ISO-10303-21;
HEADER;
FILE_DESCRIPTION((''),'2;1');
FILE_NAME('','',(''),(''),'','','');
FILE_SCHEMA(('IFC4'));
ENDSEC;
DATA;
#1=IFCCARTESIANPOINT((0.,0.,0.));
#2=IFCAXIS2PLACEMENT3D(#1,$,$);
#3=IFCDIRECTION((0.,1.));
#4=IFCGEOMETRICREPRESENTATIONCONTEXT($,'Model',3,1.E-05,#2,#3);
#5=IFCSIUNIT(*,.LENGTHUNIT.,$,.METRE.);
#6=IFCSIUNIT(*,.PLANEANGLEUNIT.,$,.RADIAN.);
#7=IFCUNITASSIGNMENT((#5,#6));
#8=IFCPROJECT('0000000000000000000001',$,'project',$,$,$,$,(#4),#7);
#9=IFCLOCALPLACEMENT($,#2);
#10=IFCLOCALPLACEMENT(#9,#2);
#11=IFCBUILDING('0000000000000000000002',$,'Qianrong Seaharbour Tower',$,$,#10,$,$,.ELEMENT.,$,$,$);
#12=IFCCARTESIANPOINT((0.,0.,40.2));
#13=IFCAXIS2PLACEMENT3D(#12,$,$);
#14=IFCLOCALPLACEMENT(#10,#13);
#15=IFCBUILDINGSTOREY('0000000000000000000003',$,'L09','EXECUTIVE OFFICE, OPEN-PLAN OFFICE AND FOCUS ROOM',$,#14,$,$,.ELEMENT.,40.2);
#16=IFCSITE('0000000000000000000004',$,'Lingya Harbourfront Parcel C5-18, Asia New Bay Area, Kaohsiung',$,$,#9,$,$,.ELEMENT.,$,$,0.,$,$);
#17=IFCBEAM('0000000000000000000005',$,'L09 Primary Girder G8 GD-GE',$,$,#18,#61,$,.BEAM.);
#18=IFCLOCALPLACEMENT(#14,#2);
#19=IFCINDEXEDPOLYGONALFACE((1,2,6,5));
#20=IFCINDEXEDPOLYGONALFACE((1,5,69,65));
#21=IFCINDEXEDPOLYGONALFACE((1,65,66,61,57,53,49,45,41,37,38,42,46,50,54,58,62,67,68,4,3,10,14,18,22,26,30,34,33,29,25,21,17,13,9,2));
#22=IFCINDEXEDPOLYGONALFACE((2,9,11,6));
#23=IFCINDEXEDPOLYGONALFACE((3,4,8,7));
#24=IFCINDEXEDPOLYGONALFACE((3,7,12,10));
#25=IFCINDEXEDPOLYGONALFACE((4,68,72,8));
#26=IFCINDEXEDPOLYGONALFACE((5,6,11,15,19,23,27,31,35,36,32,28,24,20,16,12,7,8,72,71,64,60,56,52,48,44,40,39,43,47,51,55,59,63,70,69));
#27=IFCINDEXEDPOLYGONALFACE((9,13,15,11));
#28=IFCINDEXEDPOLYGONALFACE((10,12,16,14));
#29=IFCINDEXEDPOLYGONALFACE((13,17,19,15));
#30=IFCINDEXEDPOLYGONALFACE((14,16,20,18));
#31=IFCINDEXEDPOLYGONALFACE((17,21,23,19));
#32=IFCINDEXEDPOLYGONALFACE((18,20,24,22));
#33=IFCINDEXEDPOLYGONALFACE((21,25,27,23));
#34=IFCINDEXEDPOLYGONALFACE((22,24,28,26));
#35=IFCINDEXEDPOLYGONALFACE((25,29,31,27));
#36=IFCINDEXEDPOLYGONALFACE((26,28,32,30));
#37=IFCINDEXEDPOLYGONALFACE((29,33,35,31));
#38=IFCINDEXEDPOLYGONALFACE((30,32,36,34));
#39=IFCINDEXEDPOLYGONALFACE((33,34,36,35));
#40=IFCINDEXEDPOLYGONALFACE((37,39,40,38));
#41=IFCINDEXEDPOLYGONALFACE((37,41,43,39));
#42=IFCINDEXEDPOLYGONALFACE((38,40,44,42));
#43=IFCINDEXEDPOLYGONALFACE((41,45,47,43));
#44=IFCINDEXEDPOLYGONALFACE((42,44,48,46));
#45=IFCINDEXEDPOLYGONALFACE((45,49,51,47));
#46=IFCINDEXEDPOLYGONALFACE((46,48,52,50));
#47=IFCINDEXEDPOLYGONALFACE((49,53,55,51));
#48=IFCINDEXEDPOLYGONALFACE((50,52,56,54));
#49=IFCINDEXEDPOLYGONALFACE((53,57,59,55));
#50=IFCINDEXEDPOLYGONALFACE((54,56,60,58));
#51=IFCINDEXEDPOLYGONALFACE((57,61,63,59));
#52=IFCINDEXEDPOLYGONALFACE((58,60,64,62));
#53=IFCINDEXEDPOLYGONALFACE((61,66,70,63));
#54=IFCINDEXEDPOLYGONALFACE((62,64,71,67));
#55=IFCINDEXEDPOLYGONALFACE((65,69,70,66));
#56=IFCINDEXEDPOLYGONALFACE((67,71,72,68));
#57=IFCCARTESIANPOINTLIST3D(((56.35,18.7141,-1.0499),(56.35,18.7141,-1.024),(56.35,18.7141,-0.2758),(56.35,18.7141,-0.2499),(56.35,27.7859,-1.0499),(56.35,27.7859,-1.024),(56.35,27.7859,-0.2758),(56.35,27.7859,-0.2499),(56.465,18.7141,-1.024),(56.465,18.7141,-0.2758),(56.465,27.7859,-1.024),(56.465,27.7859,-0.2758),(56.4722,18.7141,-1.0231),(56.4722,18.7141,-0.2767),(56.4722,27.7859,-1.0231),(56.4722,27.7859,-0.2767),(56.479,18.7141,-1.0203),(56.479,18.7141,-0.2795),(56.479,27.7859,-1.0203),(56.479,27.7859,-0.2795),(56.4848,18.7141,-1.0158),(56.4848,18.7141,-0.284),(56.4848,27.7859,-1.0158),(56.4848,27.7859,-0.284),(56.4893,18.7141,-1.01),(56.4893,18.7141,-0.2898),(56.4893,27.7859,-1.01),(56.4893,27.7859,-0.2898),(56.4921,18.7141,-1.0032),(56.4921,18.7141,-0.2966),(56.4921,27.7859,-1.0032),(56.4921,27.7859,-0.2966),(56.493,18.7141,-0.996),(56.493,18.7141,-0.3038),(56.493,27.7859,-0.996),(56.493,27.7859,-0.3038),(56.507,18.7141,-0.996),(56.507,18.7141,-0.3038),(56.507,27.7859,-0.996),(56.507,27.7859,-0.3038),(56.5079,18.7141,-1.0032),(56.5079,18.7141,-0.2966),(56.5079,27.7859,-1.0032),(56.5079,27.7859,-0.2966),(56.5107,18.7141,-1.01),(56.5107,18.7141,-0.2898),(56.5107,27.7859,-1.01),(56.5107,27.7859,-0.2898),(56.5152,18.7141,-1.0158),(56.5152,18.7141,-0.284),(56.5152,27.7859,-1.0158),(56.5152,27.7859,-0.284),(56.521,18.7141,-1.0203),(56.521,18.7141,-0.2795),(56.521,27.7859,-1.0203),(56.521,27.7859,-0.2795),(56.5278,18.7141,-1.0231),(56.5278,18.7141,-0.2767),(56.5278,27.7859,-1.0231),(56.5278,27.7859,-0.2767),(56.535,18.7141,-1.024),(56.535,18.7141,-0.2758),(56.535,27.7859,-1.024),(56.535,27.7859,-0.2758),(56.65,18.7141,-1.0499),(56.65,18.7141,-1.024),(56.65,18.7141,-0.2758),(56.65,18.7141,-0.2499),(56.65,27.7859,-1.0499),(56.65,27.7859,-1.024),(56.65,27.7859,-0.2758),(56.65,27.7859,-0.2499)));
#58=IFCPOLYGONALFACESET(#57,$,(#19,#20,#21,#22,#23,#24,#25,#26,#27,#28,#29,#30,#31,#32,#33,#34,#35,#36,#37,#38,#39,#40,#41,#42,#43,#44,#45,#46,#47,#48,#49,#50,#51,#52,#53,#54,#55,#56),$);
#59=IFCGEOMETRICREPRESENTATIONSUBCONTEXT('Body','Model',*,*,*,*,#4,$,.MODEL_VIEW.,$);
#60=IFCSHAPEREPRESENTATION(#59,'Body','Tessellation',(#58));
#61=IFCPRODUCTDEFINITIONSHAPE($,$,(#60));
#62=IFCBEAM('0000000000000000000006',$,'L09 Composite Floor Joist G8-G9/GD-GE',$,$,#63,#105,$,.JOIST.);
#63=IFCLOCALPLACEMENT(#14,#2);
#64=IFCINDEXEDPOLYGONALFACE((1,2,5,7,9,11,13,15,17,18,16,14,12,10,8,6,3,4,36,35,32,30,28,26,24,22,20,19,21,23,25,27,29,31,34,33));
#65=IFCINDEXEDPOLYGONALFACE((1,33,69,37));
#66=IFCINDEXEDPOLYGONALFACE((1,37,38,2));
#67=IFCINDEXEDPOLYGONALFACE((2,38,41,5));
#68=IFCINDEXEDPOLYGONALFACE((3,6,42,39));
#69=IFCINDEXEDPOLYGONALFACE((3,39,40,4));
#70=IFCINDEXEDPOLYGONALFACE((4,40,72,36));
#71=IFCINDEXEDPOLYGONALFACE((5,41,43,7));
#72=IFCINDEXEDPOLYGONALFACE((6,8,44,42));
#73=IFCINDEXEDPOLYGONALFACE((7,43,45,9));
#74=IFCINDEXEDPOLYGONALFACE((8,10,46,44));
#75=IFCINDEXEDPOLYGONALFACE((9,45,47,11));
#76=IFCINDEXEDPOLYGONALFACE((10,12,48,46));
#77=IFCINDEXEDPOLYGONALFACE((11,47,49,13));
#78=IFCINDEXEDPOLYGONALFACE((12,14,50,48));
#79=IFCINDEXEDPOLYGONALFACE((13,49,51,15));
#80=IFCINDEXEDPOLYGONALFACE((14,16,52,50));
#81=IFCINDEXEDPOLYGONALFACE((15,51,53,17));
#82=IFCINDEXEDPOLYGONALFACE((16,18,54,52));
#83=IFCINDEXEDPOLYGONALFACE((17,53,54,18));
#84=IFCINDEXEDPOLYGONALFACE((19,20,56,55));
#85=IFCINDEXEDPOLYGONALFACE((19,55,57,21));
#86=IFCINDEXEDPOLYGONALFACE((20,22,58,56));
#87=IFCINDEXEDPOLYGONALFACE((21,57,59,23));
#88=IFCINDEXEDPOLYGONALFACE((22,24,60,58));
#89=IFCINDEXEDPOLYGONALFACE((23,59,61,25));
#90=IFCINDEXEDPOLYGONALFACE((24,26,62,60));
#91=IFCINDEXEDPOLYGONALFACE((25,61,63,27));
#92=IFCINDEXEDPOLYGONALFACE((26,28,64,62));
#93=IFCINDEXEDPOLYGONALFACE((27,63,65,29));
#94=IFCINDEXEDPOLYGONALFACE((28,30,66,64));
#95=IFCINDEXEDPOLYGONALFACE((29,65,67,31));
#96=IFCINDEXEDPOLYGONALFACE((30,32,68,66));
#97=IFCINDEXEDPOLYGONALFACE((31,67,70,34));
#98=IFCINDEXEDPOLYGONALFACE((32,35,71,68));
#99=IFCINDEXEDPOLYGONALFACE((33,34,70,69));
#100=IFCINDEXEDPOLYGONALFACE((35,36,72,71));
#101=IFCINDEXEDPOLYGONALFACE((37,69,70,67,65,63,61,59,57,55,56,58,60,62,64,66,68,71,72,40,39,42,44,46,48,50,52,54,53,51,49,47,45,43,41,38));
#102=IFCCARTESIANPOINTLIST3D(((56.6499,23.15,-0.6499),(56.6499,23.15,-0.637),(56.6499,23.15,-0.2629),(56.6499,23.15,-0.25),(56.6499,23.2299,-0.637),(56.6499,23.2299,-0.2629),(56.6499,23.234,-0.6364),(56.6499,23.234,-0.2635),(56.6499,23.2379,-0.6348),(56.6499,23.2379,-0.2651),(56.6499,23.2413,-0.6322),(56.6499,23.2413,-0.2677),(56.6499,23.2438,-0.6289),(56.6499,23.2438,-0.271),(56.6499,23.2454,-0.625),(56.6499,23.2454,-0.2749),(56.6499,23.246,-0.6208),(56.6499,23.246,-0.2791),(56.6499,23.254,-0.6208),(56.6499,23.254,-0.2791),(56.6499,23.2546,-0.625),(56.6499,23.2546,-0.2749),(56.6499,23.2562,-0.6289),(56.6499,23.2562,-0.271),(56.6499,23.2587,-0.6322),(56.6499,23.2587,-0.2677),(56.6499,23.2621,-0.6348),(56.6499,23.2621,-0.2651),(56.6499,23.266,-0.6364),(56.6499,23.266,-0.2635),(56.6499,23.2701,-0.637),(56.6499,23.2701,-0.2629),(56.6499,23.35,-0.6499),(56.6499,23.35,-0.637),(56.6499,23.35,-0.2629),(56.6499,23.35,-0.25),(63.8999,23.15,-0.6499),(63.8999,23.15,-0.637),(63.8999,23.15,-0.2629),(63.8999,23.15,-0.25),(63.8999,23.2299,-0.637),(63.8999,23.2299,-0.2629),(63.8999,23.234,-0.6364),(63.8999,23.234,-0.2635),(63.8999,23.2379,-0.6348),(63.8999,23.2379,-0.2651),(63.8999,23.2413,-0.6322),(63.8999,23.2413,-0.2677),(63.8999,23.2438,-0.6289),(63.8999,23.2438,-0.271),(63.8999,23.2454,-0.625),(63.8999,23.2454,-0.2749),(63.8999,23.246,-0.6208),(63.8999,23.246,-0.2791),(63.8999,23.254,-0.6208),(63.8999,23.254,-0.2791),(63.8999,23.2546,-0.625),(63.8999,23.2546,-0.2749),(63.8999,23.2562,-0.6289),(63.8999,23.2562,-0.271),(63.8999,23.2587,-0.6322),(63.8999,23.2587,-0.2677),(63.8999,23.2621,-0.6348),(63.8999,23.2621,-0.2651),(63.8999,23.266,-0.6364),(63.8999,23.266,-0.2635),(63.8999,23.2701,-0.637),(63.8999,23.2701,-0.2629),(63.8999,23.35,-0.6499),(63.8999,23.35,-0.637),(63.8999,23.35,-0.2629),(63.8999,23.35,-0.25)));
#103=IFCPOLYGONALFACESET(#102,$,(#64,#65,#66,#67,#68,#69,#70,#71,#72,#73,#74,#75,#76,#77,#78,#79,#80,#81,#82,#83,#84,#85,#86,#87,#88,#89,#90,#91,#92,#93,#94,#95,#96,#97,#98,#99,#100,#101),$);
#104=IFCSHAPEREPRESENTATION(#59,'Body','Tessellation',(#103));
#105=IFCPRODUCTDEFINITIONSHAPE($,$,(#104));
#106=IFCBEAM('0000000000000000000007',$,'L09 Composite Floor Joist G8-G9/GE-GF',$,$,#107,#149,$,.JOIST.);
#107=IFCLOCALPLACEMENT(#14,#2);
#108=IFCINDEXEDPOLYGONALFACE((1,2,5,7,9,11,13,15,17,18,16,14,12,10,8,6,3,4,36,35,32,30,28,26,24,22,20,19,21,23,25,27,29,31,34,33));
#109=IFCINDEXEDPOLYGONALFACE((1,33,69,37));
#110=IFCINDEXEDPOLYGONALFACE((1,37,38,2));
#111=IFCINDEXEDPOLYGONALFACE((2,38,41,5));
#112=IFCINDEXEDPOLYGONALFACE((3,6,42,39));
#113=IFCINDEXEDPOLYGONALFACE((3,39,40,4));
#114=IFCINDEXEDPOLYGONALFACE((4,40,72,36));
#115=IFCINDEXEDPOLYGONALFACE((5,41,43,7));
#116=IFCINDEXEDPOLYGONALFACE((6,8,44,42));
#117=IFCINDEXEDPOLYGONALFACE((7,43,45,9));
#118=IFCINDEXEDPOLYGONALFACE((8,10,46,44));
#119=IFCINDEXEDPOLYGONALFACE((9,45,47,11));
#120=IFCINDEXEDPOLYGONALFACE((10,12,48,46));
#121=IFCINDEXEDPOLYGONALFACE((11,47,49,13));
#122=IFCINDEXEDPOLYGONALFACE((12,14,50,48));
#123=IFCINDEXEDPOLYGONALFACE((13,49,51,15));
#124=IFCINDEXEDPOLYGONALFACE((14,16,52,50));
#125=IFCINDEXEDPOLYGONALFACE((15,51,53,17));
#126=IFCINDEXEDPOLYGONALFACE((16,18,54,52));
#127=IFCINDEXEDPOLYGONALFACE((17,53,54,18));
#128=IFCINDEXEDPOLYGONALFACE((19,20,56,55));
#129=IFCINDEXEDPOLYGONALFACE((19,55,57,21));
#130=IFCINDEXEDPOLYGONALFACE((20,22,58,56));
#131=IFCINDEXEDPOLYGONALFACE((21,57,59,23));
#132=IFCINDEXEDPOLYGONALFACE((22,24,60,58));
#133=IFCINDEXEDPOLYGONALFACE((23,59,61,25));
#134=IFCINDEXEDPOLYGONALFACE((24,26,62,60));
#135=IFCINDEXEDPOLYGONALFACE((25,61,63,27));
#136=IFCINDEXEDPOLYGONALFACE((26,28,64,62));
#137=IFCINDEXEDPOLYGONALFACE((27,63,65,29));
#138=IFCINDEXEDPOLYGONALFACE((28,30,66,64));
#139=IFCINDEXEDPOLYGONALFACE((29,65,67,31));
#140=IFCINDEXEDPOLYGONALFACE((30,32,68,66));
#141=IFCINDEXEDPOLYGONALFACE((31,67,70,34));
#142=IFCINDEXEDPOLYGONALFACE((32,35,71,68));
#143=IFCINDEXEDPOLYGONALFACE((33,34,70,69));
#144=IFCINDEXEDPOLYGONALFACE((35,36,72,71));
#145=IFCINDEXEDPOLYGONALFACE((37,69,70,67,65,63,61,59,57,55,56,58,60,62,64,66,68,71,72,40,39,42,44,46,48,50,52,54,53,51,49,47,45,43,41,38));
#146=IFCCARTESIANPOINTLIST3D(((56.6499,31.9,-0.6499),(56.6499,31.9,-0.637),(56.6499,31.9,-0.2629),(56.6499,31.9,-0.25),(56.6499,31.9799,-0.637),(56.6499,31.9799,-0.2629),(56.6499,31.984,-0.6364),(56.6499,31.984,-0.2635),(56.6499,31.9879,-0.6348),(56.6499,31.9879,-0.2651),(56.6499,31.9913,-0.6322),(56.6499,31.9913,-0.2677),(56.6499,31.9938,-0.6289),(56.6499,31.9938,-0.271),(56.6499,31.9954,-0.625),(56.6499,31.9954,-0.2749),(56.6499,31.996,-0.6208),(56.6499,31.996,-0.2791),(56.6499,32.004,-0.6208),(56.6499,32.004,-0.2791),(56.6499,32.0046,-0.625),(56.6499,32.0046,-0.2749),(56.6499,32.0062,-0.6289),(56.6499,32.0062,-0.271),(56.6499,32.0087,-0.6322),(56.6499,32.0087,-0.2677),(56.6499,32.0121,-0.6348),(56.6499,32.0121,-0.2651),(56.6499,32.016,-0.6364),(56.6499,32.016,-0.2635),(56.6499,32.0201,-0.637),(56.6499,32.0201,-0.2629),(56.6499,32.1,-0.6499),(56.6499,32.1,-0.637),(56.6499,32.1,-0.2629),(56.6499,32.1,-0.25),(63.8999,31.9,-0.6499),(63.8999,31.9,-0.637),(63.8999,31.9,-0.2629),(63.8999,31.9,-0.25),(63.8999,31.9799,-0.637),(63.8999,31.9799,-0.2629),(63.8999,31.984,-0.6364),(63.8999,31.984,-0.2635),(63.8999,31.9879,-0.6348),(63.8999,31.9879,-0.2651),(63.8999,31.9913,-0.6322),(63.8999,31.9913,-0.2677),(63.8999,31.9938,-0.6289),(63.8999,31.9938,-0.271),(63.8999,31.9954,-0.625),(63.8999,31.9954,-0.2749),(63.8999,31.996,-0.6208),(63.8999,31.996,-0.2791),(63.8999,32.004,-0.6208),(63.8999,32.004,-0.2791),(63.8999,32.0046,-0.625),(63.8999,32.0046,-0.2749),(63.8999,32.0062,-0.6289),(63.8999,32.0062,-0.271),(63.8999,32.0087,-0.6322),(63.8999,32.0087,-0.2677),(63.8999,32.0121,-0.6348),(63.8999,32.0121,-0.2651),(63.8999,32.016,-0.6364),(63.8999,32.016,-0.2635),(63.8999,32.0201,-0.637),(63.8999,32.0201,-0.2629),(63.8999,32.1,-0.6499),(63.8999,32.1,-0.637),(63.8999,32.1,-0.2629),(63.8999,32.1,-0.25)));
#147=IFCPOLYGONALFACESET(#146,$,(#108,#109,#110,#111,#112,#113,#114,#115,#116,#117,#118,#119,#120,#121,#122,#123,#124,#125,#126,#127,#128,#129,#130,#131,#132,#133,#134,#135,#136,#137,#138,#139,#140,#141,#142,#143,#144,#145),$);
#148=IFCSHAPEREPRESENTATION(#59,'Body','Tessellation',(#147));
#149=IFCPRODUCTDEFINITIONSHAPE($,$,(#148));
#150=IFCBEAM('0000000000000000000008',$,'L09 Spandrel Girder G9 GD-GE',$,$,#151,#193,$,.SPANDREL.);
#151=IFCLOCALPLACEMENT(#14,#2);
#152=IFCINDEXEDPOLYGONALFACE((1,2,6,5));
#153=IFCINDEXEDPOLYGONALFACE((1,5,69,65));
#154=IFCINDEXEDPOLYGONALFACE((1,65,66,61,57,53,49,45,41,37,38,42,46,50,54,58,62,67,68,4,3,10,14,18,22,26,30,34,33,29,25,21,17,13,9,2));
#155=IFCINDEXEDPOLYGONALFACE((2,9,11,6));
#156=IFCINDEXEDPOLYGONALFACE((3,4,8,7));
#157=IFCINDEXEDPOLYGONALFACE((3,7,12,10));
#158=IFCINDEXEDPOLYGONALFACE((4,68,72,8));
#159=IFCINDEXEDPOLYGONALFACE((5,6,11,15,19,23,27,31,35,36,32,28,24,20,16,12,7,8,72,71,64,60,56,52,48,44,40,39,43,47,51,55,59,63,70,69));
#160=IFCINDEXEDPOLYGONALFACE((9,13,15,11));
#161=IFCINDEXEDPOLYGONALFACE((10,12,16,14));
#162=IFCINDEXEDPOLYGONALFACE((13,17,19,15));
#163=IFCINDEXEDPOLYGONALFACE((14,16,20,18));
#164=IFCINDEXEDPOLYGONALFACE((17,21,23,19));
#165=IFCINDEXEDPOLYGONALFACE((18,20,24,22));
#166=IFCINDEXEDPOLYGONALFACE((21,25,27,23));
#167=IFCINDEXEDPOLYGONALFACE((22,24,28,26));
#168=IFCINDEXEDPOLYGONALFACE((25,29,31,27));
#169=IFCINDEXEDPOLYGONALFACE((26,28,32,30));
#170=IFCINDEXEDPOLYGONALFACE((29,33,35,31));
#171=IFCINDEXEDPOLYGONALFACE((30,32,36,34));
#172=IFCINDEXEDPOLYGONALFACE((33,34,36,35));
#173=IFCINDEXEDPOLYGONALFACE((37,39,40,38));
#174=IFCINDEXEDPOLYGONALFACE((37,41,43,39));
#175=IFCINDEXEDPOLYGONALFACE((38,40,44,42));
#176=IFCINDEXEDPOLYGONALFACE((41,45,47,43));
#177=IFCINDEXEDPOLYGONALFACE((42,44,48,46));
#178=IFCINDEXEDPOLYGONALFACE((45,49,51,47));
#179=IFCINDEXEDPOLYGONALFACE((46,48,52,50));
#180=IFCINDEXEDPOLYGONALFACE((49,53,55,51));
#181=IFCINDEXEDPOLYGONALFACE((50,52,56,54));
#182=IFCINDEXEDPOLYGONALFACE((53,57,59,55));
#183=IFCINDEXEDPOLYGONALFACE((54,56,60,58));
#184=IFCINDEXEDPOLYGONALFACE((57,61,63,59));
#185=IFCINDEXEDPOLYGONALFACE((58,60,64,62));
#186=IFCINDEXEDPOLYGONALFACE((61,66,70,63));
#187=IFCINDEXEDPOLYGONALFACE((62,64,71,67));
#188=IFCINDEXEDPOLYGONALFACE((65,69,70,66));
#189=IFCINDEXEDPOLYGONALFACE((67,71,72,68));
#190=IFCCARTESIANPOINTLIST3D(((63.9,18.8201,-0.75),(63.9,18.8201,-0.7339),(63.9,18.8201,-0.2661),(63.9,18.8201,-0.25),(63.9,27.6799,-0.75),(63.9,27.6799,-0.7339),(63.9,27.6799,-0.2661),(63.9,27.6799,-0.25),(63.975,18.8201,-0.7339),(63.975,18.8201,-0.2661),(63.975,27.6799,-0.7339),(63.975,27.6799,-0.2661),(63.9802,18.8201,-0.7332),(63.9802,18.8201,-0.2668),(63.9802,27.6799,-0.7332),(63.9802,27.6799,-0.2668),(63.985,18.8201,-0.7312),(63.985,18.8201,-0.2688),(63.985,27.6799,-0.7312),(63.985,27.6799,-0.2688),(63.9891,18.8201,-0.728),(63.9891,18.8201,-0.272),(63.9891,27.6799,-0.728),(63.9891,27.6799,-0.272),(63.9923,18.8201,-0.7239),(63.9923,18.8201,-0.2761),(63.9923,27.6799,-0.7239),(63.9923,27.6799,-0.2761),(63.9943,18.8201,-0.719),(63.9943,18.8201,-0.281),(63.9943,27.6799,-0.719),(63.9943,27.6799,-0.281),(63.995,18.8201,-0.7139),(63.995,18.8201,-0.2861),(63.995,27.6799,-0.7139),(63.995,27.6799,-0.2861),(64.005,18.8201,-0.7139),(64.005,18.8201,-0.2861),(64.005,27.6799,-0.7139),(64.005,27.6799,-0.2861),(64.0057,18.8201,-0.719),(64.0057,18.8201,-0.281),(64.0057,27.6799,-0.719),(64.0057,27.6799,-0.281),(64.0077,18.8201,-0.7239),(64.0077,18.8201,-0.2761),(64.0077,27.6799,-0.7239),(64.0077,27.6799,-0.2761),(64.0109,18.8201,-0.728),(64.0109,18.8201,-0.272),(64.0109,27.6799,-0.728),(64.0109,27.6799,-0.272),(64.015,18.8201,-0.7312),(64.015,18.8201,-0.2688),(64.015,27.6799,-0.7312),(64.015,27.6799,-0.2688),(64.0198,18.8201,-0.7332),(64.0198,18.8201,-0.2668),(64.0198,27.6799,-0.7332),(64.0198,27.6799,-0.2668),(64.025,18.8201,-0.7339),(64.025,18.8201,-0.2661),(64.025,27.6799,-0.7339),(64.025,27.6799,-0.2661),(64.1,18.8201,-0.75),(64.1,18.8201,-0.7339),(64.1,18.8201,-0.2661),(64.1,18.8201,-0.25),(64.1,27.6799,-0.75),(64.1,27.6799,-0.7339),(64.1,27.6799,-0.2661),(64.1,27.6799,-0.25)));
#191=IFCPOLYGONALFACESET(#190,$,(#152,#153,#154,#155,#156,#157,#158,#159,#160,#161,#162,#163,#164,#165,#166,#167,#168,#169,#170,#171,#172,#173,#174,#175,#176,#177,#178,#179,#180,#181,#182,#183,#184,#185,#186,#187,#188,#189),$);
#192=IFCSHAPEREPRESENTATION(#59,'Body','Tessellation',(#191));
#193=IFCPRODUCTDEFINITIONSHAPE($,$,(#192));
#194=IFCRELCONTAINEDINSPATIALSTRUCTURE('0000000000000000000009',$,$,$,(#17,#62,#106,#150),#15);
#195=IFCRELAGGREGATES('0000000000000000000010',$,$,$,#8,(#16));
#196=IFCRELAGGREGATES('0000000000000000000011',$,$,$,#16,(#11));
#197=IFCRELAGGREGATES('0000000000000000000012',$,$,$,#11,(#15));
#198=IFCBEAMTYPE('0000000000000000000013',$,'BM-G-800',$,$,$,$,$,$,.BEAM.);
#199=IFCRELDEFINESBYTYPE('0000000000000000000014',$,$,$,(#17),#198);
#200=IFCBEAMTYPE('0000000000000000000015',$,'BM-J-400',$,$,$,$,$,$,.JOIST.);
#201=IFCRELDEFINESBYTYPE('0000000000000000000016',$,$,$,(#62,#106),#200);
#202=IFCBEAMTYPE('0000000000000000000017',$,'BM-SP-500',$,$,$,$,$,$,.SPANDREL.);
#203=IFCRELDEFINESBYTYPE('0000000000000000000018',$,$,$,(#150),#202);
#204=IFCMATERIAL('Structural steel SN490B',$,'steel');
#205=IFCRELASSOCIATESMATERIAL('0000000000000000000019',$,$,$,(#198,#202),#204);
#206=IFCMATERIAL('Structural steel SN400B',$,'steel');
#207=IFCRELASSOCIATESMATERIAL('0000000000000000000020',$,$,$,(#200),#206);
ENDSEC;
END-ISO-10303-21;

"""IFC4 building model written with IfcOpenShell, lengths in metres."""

from ifc_helpers import new_model, si_unit, direction, frame, origin, origin_2d, place, context, subcontext, project, spatial, i_section, extrude, material, material_profile, profile_set, type_object, element, save


model = new_model("IFC4")

# Units and contexts
model_context = context("Model", 3, precision=1e-05, world=origin(), true_north=direction((0.0, 1.0)))
body_context = subcontext(model_context, "Body", "Model", "MODEL_VIEW")
ifc_project = project(units=[si_unit("LENGTHUNIT", "METRE"), si_unit("PLANEANGLEUNIT", "RADIAN")], contexts=[model_context])

# Site, building, storey
site_placement = place(None, origin())
site = spatial("IfcSite", under=ifc_project, at=site_placement, Name="Lingya Harbourfront Parcel C5-18, Asia New Bay Area, Kaohsiung", CompositionType="ELEMENT", RefElevation=0.0)
building_placement = place(site_placement, origin())
building = spatial("IfcBuilding", under=site, at=building_placement, Name="Qianrong Seaharbour Tower", CompositionType="ELEMENT")
storey_placement = place(building_placement, frame((0.0, 0.0, 40.2)))
storey = spatial("IfcBuildingStorey", under=building, at=storey_placement, Name="L09", Description="EXECUTIVE OFFICE, OPEN-PLAN OFFICE AND FOCUS ROOM", CompositionType="ELEMENT", Elevation=40.2)

# Shared definitions
ifc_material_1 = material(Name="Structural steel SN490B", Category="steel")

# Beams
ifc_material_profile_1 = material_profile(ifc_material_1, i_section(OverallWidth=0.3, OverallDepth=0.8, WebThickness=0.0139, FlangeThickness=0.0259, FilletRadius=0.0281, at=origin_2d()), Name="H800x300x14x26")
ifc_profile_set_1 = profile_set([ifc_material_profile_1], Name="Structural steel SN490B")
beam_type_1 = type_object("IfcBeamType", Name="BM-G-800", PredefinedType="BEAM", material=ifc_profile_set_1)
beam_1_placement = place(storey_placement, frame((56.5, 18.7141, -0.6499), z_axis=(0.0, 1.0, 0.0), x_axis=(-1.0, 0.0, 0.0)))
element("IfcBeam", 1, at=beam_1_placement, inside=storey, type_object=beam_type_1, Name="L09 Primary Girder G8 GD-GE", PredefinedType="BEAM", context=body_context, shape_type="SweptSolid", body=[
    extrude(i_section(OverallWidth=0.3, OverallDepth=0.8, WebThickness=0.0139, FlangeThickness=0.0259, FilletRadius=0.0281, at=origin_2d()), origin(), (0.0, 0.0, 1.0), 9.0718),
])
ifc_material_2 = material(Name="Structural steel SN400B", Category="steel")
ifc_material_profile_2 = material_profile(ifc_material_2, i_section(OverallWidth=0.2, OverallDepth=0.3999, WebThickness=0.0081, FlangeThickness=0.0129, FilletRadius=0.0161, at=origin_2d()), Name="H400x200x8x13")
ifc_profile_set_2 = profile_set([ifc_material_profile_2], Name="Structural steel SN400B")
beam_type_2 = type_object("IfcBeamType", Name="BM-J-400", PredefinedType="JOIST", material=ifc_profile_set_2)
for number, where, z_axis, x_axis, name in (
    (2, (56.6499, 23.25, -0.45), (1.0, 0.0, 0.0), (0.0, 1.0, 0.0), "L09 Composite Floor Joist G8-G9/GD-GE"),
    (3, (56.6499, 32.0, -0.45), (1.0, 0.0, 0.0), (0.0, 1.0, 0.0), "L09 Composite Floor Joist G8-G9/GE-GF"),
):
    element("IfcBeam", number, at=place(storey_placement, frame(where, z_axis=z_axis, x_axis=x_axis)), inside=storey, type_object=beam_type_2, Name=name, PredefinedType="JOIST", context=body_context, shape_type="SweptSolid", body=[
        extrude(i_section(OverallWidth=0.2, OverallDepth=0.3999, WebThickness=0.0081, FlangeThickness=0.0129, FilletRadius=0.0161, at=origin_2d()), origin(), (0.0, 0.0, 1.0), 7.25),
    ])
ifc_material_profile_3 = material_profile(ifc_material_1, i_section(OverallWidth=0.2, OverallDepth=0.5, WebThickness=0.01, FlangeThickness=0.0161, FilletRadius=0.02, at=origin_2d()), Name="H500x200x10x16")
ifc_profile_set_3 = profile_set([ifc_material_profile_3], Name="Structural steel SN490B")
beam_type_3 = type_object("IfcBeamType", Name="BM-SP-500", PredefinedType="SPANDREL", material=ifc_profile_set_3)
beam_2_placement = place(storey_placement, frame((64.0, 18.8201, -0.5), z_axis=(0.0, 1.0, 0.0), x_axis=(-1.0, 0.0, 0.0)))
element("IfcBeam", 4, at=beam_2_placement, inside=storey, type_object=beam_type_3, Name="L09 Spandrel Girder G9 GD-GE", PredefinedType="SPANDREL", context=body_context, shape_type="SweptSolid", body=[
    extrude(i_section(OverallWidth=0.2, OverallDepth=0.5, WebThickness=0.01, FlangeThickness=0.0161, FilletRadius=0.02, at=origin_2d()), origin(), (0.0, 0.0, 1.0), 8.8599),
])

save(model, "model.ifc")
